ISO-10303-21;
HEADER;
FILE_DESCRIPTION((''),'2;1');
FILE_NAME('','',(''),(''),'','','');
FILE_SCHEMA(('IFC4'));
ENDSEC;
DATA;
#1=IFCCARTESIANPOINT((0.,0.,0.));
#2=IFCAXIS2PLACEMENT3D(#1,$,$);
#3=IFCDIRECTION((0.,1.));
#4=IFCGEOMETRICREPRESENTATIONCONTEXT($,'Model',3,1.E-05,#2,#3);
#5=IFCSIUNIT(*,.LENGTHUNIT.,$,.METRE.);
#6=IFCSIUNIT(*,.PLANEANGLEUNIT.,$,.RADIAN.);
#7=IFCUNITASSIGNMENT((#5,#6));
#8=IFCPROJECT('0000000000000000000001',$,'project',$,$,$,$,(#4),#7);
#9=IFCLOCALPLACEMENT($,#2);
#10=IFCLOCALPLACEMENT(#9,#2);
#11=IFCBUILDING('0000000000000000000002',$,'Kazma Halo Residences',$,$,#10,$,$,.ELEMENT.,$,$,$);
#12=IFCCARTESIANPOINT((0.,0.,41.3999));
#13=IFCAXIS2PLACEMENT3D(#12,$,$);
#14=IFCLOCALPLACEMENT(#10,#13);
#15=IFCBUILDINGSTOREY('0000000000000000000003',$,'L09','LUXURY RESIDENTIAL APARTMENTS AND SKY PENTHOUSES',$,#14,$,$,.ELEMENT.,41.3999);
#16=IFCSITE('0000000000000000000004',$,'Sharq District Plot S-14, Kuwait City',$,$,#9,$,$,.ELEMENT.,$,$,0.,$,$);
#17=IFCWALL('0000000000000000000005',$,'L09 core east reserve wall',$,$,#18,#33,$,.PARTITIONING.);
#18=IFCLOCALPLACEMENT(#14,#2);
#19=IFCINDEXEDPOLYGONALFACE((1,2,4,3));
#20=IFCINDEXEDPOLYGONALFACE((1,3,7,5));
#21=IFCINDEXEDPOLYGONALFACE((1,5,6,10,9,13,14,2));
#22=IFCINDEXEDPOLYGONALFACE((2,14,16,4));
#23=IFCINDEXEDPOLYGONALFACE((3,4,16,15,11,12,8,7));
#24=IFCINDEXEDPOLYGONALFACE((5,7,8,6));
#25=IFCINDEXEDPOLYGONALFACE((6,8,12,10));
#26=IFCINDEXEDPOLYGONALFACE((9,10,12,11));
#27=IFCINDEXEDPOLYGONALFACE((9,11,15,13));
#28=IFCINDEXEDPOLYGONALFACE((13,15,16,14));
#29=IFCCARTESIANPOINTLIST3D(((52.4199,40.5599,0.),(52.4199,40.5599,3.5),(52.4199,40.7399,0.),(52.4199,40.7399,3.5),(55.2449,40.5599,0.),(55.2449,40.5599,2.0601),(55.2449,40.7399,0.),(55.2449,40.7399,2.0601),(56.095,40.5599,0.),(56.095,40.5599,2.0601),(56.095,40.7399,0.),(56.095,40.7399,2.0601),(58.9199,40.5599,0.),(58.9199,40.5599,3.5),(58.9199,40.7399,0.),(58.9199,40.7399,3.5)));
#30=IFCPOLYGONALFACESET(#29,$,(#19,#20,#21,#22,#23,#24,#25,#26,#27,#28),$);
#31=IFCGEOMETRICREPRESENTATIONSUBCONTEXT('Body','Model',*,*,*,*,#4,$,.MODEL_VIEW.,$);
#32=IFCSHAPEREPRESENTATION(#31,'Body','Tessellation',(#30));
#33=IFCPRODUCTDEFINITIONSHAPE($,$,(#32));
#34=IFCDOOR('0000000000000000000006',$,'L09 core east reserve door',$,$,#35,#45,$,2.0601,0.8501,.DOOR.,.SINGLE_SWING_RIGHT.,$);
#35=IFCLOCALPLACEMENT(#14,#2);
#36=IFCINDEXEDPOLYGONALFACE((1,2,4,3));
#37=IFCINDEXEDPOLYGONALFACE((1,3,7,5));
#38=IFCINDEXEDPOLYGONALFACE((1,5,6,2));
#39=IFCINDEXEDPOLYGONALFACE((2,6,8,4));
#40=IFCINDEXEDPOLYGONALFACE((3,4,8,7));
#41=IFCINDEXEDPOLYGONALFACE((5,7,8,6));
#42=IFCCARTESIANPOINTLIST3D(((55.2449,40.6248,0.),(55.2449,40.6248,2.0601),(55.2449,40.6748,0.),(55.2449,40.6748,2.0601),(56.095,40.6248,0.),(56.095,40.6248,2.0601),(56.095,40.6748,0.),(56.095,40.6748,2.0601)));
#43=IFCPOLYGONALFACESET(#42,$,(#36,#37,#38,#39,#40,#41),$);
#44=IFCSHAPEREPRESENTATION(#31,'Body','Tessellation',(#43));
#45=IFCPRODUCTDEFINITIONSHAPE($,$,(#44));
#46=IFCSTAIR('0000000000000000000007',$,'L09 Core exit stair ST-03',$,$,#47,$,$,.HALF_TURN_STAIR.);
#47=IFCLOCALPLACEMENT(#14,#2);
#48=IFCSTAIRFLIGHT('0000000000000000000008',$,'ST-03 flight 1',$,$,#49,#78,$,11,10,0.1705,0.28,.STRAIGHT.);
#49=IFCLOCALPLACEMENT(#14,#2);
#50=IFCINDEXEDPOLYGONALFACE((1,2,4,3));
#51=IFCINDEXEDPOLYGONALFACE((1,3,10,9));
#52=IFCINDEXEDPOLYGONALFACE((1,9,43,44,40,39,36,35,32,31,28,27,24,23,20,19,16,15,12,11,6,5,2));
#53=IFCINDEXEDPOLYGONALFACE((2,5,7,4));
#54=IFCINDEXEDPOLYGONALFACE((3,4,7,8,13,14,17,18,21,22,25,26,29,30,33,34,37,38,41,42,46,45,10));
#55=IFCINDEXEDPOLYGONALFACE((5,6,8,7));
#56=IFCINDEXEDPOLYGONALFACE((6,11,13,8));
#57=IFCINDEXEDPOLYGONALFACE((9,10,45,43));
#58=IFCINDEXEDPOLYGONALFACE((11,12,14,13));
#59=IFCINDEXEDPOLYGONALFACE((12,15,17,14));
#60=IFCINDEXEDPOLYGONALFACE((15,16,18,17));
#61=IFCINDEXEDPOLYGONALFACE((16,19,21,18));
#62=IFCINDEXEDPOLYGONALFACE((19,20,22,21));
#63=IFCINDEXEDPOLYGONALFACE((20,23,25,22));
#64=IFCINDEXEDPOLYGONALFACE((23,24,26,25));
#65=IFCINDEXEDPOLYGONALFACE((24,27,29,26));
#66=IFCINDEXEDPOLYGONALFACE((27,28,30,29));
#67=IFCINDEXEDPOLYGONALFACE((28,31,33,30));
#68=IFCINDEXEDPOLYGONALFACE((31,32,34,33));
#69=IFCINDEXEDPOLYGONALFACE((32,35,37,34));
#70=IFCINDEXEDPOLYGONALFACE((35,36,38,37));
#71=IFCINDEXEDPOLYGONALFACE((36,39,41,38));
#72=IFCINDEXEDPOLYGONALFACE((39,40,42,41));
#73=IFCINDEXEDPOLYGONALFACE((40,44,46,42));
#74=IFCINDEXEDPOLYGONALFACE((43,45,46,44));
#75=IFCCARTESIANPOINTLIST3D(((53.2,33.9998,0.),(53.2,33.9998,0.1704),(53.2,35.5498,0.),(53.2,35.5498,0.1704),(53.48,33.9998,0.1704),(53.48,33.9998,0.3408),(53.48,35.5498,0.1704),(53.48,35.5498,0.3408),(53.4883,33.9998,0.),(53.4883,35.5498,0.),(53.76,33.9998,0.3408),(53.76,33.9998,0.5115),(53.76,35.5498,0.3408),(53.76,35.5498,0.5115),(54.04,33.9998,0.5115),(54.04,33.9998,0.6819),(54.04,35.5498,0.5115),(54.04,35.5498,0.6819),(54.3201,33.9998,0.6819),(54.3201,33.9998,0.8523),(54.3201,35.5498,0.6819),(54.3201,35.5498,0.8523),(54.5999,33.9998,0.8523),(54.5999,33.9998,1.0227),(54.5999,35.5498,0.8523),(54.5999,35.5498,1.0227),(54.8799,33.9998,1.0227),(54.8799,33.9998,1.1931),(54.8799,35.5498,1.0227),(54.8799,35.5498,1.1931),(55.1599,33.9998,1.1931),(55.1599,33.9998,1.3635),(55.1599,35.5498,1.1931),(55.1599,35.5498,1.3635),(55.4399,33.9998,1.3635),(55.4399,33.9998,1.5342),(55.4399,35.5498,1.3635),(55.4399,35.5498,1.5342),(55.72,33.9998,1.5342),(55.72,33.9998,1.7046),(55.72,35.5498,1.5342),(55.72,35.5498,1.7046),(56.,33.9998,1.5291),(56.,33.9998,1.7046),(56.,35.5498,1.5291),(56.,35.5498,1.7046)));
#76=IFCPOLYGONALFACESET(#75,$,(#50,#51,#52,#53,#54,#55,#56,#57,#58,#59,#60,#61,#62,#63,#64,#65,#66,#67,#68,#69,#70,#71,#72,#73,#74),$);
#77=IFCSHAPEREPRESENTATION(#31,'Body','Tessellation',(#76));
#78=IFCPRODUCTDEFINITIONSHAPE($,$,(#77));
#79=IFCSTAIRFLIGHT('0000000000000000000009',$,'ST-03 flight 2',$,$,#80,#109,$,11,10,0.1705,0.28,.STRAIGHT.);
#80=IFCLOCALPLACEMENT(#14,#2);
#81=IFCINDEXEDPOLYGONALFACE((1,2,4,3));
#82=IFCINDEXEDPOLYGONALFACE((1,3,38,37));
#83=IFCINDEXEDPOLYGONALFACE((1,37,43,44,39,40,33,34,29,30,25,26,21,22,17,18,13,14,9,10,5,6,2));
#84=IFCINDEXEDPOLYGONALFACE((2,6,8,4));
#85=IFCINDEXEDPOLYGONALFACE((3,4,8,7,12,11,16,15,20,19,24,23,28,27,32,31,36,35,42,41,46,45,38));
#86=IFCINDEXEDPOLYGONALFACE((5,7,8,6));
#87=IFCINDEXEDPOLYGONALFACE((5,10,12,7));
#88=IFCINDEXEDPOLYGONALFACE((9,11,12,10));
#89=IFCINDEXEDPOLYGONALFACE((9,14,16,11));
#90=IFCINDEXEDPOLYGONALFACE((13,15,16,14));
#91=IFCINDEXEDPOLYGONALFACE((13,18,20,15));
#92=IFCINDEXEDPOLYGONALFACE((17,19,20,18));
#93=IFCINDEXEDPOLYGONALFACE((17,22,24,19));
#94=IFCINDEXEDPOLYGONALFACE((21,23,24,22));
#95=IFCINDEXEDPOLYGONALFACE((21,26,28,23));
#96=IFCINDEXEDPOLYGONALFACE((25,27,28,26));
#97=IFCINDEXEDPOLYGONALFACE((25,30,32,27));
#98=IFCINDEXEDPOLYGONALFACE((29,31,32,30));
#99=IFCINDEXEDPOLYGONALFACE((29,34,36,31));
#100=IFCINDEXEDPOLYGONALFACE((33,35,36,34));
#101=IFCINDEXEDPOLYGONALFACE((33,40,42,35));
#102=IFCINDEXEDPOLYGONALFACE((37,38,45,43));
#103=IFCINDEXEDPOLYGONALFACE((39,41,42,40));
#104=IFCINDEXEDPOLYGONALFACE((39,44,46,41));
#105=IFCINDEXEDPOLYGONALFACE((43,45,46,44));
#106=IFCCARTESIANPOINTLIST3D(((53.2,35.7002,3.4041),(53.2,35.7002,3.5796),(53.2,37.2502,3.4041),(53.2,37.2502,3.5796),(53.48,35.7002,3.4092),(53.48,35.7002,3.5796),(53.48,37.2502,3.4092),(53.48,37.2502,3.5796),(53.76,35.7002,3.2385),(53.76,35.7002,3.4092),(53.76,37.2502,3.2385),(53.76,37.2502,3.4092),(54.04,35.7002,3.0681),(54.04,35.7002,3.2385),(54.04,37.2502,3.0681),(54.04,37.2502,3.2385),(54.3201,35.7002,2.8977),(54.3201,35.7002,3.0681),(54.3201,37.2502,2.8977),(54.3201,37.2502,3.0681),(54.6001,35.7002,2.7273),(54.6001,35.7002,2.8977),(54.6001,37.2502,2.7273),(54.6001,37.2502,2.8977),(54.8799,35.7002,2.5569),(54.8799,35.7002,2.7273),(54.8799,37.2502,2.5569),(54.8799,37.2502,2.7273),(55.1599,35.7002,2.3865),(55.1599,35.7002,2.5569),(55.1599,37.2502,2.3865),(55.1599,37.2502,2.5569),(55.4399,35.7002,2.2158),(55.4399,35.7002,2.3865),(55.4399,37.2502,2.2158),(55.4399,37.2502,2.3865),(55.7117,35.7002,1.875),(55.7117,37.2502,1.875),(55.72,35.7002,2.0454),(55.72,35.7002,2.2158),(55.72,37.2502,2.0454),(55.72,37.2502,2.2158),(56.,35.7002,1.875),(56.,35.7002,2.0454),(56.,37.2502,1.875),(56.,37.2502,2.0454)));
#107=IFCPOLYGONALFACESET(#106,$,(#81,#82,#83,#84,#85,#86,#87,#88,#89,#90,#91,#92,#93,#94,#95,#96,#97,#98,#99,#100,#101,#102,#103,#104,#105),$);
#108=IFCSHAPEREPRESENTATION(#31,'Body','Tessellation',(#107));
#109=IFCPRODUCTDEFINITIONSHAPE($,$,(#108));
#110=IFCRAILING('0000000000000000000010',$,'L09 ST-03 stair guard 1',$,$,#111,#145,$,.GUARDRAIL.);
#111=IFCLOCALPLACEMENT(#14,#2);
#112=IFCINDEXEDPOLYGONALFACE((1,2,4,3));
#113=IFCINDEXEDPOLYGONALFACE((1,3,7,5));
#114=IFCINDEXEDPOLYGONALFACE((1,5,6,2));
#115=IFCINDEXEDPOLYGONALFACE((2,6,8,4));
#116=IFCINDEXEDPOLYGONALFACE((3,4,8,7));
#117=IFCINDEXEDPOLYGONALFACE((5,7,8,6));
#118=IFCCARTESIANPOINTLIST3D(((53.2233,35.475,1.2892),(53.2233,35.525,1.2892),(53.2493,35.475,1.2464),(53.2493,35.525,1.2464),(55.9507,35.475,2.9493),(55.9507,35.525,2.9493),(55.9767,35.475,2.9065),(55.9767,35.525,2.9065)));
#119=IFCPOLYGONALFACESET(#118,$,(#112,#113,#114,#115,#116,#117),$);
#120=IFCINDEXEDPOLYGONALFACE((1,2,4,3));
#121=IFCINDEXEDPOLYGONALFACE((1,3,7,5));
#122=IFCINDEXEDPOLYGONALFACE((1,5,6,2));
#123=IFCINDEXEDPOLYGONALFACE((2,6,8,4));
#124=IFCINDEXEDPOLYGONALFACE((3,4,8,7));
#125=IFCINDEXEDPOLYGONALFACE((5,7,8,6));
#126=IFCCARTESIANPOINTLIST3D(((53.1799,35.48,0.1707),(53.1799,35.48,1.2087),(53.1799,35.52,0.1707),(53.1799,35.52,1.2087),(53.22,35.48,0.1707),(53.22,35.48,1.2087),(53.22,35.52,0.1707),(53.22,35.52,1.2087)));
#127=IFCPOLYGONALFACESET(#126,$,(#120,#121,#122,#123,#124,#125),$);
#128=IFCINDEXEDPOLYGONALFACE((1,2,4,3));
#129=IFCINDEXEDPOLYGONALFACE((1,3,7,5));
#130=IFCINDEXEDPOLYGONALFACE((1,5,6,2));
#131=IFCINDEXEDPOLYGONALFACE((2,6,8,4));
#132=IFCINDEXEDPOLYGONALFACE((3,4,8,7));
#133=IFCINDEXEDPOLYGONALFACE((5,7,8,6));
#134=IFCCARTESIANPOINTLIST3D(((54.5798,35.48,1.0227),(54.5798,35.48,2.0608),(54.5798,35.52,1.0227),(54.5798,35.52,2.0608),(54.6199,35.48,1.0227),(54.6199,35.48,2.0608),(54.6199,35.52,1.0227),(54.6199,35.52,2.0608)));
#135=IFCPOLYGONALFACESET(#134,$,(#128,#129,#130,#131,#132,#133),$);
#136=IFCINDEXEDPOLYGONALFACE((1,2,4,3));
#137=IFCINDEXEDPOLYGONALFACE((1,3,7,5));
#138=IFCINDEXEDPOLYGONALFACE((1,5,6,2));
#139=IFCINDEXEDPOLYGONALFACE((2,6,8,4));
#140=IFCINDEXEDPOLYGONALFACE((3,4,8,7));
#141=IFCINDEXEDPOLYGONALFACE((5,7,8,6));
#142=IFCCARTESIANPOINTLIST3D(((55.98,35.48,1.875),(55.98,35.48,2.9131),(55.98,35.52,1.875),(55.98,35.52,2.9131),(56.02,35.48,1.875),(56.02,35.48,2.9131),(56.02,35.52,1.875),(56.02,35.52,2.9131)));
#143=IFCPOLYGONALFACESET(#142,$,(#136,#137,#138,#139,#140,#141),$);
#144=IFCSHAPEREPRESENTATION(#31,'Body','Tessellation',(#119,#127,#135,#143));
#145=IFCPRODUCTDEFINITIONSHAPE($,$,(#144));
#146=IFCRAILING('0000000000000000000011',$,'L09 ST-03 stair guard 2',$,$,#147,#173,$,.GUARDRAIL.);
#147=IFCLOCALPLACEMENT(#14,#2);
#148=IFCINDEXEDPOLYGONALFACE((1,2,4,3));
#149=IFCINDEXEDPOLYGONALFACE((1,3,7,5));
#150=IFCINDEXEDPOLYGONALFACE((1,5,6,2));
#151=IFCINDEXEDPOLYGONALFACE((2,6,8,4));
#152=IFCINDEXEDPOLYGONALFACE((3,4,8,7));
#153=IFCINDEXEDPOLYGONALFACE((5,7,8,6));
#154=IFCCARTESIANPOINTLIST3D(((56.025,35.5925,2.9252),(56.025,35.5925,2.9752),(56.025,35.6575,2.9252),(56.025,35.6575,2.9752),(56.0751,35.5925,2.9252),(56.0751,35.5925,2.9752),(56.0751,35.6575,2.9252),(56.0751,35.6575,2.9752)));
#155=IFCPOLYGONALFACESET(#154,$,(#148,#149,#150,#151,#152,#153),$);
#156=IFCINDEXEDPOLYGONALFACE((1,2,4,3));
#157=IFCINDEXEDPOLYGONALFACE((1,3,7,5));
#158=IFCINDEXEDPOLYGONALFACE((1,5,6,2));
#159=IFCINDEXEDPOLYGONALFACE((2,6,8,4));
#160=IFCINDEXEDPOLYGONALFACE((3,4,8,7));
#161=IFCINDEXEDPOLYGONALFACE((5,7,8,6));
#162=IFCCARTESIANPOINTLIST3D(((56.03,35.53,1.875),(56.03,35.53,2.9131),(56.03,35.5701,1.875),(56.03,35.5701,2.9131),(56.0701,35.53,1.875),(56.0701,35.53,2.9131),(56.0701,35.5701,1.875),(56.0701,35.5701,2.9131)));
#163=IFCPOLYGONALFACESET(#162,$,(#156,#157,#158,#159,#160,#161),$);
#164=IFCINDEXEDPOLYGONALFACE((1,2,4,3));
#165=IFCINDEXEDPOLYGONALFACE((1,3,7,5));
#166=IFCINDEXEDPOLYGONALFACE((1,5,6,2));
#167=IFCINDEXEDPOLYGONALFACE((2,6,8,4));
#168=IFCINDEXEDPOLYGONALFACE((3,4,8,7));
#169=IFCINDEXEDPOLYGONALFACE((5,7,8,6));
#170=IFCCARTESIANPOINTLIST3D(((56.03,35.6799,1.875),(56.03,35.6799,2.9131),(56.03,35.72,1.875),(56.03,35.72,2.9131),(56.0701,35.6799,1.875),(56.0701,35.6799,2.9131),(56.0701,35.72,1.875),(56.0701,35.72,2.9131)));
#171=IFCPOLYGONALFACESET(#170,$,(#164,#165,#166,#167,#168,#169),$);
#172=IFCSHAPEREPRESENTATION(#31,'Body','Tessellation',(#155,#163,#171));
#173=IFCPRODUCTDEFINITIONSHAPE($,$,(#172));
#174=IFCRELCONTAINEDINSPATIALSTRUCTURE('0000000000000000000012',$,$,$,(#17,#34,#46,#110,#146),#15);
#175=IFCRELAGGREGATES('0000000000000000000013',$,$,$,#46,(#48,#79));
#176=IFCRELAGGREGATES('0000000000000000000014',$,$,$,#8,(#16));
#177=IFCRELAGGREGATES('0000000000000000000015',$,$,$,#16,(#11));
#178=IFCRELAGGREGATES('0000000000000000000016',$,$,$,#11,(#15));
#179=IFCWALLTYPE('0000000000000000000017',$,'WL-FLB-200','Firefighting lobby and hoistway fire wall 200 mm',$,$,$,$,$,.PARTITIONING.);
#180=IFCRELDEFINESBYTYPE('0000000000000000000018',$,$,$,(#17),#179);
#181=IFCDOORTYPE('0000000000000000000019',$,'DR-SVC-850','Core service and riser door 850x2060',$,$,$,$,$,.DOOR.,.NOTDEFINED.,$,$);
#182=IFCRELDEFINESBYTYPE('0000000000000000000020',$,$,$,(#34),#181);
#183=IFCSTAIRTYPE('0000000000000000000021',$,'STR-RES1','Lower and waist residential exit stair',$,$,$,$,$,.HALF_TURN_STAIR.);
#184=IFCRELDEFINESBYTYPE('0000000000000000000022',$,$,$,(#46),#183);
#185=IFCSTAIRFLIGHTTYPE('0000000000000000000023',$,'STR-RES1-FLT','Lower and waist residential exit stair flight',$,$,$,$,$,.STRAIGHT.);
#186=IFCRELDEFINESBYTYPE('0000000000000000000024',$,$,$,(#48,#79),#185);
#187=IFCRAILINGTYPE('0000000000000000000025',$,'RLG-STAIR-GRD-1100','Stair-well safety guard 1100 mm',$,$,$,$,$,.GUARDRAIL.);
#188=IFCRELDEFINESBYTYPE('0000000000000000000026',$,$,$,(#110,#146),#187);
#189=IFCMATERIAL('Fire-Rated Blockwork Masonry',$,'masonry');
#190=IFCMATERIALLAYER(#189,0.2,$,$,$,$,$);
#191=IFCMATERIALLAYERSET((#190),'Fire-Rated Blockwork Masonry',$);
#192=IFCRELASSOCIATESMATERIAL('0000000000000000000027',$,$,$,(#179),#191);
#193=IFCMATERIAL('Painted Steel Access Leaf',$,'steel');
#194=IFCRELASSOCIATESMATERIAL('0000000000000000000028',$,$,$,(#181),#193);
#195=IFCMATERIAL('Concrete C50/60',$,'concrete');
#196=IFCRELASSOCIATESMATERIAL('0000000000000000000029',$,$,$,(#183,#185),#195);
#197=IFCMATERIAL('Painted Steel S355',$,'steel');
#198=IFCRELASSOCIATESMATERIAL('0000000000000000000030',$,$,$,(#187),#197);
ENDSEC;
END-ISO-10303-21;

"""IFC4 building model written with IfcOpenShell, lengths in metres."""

from ifc_helpers import new_model, si_unit, direction, frame, frame_2d, origin, origin_2d, place, context, subcontext, project, spatial, polyline, rectangle, outline, extrude, material, layer, layer_set, type_object, element, fill, aggregate, save


model = new_model("IFC4")

# Units and contexts
model_context = context("Model", 3, precision=1e-05, world=origin(), true_north=direction((0.0, 1.0)))
body_context = subcontext(model_context, "Body", "Model", "MODEL_VIEW")
ifc_project = project(units=[si_unit("LENGTHUNIT", "METRE"), si_unit("PLANEANGLEUNIT", "RADIAN")], contexts=[model_context])

# Site, building, storey
site_placement = place(None, origin())
site = spatial("IfcSite", under=ifc_project, at=site_placement, Name="Sharq District Plot S-14, Kuwait City", CompositionType="ELEMENT", RefElevation=0.0)
building_placement = place(site_placement, origin())
building = spatial("IfcBuilding", under=site, at=building_placement, Name="Kazma Halo Residences", CompositionType="ELEMENT")
storey_placement = place(building_placement, frame((0.0, 0.0, 41.3999)))
storey = spatial("IfcBuildingStorey", under=building, at=storey_placement, Name="L09", Description="LUXURY RESIDENTIAL APARTMENTS AND SKY PENTHOUSES", CompositionType="ELEMENT", Elevation=41.3999)

# Shared definitions
ifc_material_1 = material(Name="Fire-Rated Blockwork Masonry", Category="masonry")
ifc_layer_1 = layer(ifc_material_1, 0.2)
ifc_layer_set_1 = layer_set([ifc_layer_1], Name="Fire-Rated Blockwork Masonry")
wall_type_1 = type_object("IfcWallType", Name="WL-FLB-200", Description="Firefighting lobby and hoistway fire wall 200 mm", PredefinedType="PARTITIONING", material=ifc_layer_set_1)

# Wall, opening, door
wall_1_placement = place(storey_placement, frame((52.4199, 40.6499, 0.0), z_axis=(0.0, 0.0, 1.0), x_axis=(1.0, 0.0, 0.0)))
wall_1 = element("IfcWall", 1, at=wall_1_placement, inside=storey, type_object=wall_type_1, Name="L09 core east reserve wall", PredefinedType="PARTITIONING", context=body_context, shape_type="SweptSolid", body=[
    extrude(rectangle(XDim=6.5, YDim=0.1799, at=frame_2d((3.25, 0.0))), origin(), (0.0, 0.0, 1.0), 3.5),
])
opening_placement = place(wall_1_placement, frame((2.825, 0.0, 0.0)))
opening = element("IfcOpeningElement", 2, at=opening_placement, cuts=wall_1, PredefinedType="OPENING", context=body_context, shape_type="SweptSolid", body=[
    extrude(rectangle(XDim=0.8501, YDim=2.0601, at=frame_2d((0.425, 1.03))), frame((0.0, 0.0999, 0.0), z_axis=(0.0, -1.0, 0.0), x_axis=(1.0, 0.0, 0.0)), (0.0, 0.0, 1.0), 0.2),
])
ifc_material_2 = material(Name="Painted Steel Access Leaf", Category="steel")
door_type = type_object("IfcDoorType", Name="DR-SVC-850", Description="Core service and riser door 850x2060", OperationType="NOTDEFINED", PredefinedType="DOOR", material=ifc_material_2)
door_placement = place(opening_placement, origin())
door = element("IfcDoor", 3, at=door_placement, inside=storey, type_object=door_type, Name="L09 core east reserve door", OperationType="SINGLE_SWING_RIGHT", OverallHeight=2.0601, OverallWidth=0.8501, PredefinedType="DOOR", context=body_context, shape_type="SweptSolid", body=[
    extrude(rectangle(XDim=0.8501, YDim=2.0601, at=frame_2d((0.425, 1.03))), frame((0.0, 0.0249, 0.0), z_axis=(0.0, -1.0, 0.0), x_axis=(1.0, 0.0, 0.0)), (0.0, 0.0, 1.0), 0.05),
])
fill(opening, door)

# Stair, stair flights
ifc_material_3 = material(Name="Concrete C50/60", Category="concrete")
stair_type = type_object("IfcStairType", Name="STR-RES1", Description="Lower and waist residential exit stair", PredefinedType="HALF_TURN_STAIR", material=ifc_material_3)
stair_placement = place(storey_placement, origin())
stair = element("IfcStair", 4, at=stair_placement, inside=storey, type_object=stair_type, Name="L09 Core exit stair ST-03", PredefinedType="HALF_TURN_STAIR")
stair_flight_type = type_object("IfcStairFlightType", Name="STR-RES1-FLT", Description="Lower and waist residential exit stair flight", PredefinedType="STRAIGHT", material=ifc_material_3)
stair_flight_1_placement = place(storey_placement, frame((53.2, 34.7749, 0.0), z_axis=(0.0, 0.0, 1.0), x_axis=(1.0, 0.0, 0.0)))
stair_flight_1 = element("IfcStairFlight", 5, at=stair_flight_1_placement, type_object=stair_flight_type, Name="ST-03 flight 1", NumberOfRisers=11, NumberOfTreads=10, PredefinedType="STRAIGHT", RiserHeight=0.1705, TreadLength=0.28, context=body_context, shape_type="SweptSolid", body=[
    extrude(outline(polyline([(0.0, 0.0), (0.0, 0.1704), (0.28, 0.1704), (0.28, 0.3408), (0.5601, 0.3408), (0.5601, 0.5115), (0.8401, 0.5115), (0.8401, 0.6819), (1.1201, 0.6819), (1.1201, 0.8523), (1.3999, 0.8523), (1.3999, 1.0227), (1.6799, 1.0227), (1.6799, 1.1931), (1.96, 1.1931), (1.96, 1.3635), (2.24, 1.3635), (2.24, 1.5342), (2.52, 1.5342), (2.52, 1.7046), (2.8, 1.7046), (2.8, 1.875), (2.8, 1.5291), (0.2883, 0.0), (0.0, 0.0)])), frame((0.0, 0.7749, 0.0), z_axis=(0.0, -1.0, 0.0), x_axis=(1.0, 0.0, 0.0)), (0.0, 0.0, 1.0), 1.55),
])
stair_flight_2_placement = place(storey_placement, frame((56.0, 36.4751, 1.875), z_axis=(0.0, 0.0, 1.0), x_axis=(-1.0, 0.0, 0.0)))
stair_flight_2 = element("IfcStairFlight", 6, at=stair_flight_2_placement, type_object=stair_flight_type, Name="ST-03 flight 2", NumberOfRisers=11, NumberOfTreads=10, PredefinedType="STRAIGHT", RiserHeight=0.1705, TreadLength=0.28, context=body_context, shape_type="SweptSolid", body=[
    extrude(outline(polyline([(0.0, 0.0), (0.0, 0.1704), (0.28, 0.1704), (0.28, 0.3408), (0.5601, 0.3408), (0.5601, 0.5115), (0.8401, 0.5115), (0.8401, 0.6819), (1.1201, 0.6819), (1.1201, 0.8523), (1.3999, 0.8523), (1.3999, 1.0227), (1.6799, 1.0227), (1.6799, 1.1931), (1.96, 1.1931), (1.96, 1.3635), (2.24, 1.3635), (2.24, 1.5342), (2.52, 1.5342), (2.52, 1.7046), (2.8, 1.7046), (2.8, 1.875), (2.8, 1.5291), (0.2883, 0.0), (0.0, 0.0)])), frame((0.0, 0.7749, 0.0), z_axis=(0.0, -1.0, 0.0), x_axis=(1.0, 0.0, 0.0)), (0.0, 0.0, 1.0), 1.55),
])
aggregate(stair, [stair_flight_1, stair_flight_2])

# Railings
ifc_material_4 = material(Name="Painted Steel S355", Category="steel")
railing_type_1 = type_object("IfcRailingType", Name="RLG-STAIR-GRD-1100", Description="Stair-well safety guard 1100 mm", PredefinedType="GUARDRAIL", material=ifc_material_4)
railing_1_placement = place(storey_placement, frame((53.2, 35.5, 0.1707)))
element("IfcRailing", 7, at=railing_1_placement, inside=storey, type_object=railing_type_1, Name="L09 ST-03 stair guard 1", PredefinedType="GUARDRAIL", context=body_context, shape_type="SweptSolid", body=[
    extrude(rectangle(XDim=0.05, YDim=0.05, at=origin_2d()), frame((0.0364, 0.0, 1.0972), z_axis=(0.854203, 0.0, 0.51994), x_axis=(0.0, 1.0, 0.0)), (0.0, 0.0, 1.0), 3.1929),
    extrude(rectangle(XDim=0.04, YDim=0.04, at=origin_2d()), origin(), (0.0, 0.0, 1.0), 1.0381),
    extrude(rectangle(XDim=0.04, YDim=0.04, at=origin_2d()), frame((1.3999, 0.0, 0.8521)), (0.0, 0.0, 1.0), 1.0381),
    extrude(rectangle(XDim=0.04, YDim=0.04, at=origin_2d()), frame((2.8, 0.0, 1.7043)), (0.0, 0.0, 1.0), 1.0381),
])
railing_2_placement = place(storey_placement, frame((56.05, 35.55, 1.875)))
element("IfcRailing", 8, at=railing_2_placement, inside=storey, type_object=railing_type_1, Name="L09 ST-03 stair guard 2", PredefinedType="GUARDRAIL", context=body_context, shape_type="SweptSolid", body=[
    extrude(rectangle(XDim=0.05, YDim=0.05, at=origin_2d()), frame((0.0, 0.0425, 1.0752), z_axis=(0.0, 1.0, 0.0), x_axis=(-1.0, 0.0, 0.0)), (0.0, 0.0, 1.0), 0.0649),
    extrude(rectangle(XDim=0.04, YDim=0.04, at=origin_2d()), origin(), (0.0, 0.0, 1.0), 1.0381),
    extrude(rectangle(XDim=0.04, YDim=0.04, at=origin_2d()), frame((0.0, 0.1499, 0.0)), (0.0, 0.0, 1.0), 1.0381),
])

save(model, "model.ifc")
